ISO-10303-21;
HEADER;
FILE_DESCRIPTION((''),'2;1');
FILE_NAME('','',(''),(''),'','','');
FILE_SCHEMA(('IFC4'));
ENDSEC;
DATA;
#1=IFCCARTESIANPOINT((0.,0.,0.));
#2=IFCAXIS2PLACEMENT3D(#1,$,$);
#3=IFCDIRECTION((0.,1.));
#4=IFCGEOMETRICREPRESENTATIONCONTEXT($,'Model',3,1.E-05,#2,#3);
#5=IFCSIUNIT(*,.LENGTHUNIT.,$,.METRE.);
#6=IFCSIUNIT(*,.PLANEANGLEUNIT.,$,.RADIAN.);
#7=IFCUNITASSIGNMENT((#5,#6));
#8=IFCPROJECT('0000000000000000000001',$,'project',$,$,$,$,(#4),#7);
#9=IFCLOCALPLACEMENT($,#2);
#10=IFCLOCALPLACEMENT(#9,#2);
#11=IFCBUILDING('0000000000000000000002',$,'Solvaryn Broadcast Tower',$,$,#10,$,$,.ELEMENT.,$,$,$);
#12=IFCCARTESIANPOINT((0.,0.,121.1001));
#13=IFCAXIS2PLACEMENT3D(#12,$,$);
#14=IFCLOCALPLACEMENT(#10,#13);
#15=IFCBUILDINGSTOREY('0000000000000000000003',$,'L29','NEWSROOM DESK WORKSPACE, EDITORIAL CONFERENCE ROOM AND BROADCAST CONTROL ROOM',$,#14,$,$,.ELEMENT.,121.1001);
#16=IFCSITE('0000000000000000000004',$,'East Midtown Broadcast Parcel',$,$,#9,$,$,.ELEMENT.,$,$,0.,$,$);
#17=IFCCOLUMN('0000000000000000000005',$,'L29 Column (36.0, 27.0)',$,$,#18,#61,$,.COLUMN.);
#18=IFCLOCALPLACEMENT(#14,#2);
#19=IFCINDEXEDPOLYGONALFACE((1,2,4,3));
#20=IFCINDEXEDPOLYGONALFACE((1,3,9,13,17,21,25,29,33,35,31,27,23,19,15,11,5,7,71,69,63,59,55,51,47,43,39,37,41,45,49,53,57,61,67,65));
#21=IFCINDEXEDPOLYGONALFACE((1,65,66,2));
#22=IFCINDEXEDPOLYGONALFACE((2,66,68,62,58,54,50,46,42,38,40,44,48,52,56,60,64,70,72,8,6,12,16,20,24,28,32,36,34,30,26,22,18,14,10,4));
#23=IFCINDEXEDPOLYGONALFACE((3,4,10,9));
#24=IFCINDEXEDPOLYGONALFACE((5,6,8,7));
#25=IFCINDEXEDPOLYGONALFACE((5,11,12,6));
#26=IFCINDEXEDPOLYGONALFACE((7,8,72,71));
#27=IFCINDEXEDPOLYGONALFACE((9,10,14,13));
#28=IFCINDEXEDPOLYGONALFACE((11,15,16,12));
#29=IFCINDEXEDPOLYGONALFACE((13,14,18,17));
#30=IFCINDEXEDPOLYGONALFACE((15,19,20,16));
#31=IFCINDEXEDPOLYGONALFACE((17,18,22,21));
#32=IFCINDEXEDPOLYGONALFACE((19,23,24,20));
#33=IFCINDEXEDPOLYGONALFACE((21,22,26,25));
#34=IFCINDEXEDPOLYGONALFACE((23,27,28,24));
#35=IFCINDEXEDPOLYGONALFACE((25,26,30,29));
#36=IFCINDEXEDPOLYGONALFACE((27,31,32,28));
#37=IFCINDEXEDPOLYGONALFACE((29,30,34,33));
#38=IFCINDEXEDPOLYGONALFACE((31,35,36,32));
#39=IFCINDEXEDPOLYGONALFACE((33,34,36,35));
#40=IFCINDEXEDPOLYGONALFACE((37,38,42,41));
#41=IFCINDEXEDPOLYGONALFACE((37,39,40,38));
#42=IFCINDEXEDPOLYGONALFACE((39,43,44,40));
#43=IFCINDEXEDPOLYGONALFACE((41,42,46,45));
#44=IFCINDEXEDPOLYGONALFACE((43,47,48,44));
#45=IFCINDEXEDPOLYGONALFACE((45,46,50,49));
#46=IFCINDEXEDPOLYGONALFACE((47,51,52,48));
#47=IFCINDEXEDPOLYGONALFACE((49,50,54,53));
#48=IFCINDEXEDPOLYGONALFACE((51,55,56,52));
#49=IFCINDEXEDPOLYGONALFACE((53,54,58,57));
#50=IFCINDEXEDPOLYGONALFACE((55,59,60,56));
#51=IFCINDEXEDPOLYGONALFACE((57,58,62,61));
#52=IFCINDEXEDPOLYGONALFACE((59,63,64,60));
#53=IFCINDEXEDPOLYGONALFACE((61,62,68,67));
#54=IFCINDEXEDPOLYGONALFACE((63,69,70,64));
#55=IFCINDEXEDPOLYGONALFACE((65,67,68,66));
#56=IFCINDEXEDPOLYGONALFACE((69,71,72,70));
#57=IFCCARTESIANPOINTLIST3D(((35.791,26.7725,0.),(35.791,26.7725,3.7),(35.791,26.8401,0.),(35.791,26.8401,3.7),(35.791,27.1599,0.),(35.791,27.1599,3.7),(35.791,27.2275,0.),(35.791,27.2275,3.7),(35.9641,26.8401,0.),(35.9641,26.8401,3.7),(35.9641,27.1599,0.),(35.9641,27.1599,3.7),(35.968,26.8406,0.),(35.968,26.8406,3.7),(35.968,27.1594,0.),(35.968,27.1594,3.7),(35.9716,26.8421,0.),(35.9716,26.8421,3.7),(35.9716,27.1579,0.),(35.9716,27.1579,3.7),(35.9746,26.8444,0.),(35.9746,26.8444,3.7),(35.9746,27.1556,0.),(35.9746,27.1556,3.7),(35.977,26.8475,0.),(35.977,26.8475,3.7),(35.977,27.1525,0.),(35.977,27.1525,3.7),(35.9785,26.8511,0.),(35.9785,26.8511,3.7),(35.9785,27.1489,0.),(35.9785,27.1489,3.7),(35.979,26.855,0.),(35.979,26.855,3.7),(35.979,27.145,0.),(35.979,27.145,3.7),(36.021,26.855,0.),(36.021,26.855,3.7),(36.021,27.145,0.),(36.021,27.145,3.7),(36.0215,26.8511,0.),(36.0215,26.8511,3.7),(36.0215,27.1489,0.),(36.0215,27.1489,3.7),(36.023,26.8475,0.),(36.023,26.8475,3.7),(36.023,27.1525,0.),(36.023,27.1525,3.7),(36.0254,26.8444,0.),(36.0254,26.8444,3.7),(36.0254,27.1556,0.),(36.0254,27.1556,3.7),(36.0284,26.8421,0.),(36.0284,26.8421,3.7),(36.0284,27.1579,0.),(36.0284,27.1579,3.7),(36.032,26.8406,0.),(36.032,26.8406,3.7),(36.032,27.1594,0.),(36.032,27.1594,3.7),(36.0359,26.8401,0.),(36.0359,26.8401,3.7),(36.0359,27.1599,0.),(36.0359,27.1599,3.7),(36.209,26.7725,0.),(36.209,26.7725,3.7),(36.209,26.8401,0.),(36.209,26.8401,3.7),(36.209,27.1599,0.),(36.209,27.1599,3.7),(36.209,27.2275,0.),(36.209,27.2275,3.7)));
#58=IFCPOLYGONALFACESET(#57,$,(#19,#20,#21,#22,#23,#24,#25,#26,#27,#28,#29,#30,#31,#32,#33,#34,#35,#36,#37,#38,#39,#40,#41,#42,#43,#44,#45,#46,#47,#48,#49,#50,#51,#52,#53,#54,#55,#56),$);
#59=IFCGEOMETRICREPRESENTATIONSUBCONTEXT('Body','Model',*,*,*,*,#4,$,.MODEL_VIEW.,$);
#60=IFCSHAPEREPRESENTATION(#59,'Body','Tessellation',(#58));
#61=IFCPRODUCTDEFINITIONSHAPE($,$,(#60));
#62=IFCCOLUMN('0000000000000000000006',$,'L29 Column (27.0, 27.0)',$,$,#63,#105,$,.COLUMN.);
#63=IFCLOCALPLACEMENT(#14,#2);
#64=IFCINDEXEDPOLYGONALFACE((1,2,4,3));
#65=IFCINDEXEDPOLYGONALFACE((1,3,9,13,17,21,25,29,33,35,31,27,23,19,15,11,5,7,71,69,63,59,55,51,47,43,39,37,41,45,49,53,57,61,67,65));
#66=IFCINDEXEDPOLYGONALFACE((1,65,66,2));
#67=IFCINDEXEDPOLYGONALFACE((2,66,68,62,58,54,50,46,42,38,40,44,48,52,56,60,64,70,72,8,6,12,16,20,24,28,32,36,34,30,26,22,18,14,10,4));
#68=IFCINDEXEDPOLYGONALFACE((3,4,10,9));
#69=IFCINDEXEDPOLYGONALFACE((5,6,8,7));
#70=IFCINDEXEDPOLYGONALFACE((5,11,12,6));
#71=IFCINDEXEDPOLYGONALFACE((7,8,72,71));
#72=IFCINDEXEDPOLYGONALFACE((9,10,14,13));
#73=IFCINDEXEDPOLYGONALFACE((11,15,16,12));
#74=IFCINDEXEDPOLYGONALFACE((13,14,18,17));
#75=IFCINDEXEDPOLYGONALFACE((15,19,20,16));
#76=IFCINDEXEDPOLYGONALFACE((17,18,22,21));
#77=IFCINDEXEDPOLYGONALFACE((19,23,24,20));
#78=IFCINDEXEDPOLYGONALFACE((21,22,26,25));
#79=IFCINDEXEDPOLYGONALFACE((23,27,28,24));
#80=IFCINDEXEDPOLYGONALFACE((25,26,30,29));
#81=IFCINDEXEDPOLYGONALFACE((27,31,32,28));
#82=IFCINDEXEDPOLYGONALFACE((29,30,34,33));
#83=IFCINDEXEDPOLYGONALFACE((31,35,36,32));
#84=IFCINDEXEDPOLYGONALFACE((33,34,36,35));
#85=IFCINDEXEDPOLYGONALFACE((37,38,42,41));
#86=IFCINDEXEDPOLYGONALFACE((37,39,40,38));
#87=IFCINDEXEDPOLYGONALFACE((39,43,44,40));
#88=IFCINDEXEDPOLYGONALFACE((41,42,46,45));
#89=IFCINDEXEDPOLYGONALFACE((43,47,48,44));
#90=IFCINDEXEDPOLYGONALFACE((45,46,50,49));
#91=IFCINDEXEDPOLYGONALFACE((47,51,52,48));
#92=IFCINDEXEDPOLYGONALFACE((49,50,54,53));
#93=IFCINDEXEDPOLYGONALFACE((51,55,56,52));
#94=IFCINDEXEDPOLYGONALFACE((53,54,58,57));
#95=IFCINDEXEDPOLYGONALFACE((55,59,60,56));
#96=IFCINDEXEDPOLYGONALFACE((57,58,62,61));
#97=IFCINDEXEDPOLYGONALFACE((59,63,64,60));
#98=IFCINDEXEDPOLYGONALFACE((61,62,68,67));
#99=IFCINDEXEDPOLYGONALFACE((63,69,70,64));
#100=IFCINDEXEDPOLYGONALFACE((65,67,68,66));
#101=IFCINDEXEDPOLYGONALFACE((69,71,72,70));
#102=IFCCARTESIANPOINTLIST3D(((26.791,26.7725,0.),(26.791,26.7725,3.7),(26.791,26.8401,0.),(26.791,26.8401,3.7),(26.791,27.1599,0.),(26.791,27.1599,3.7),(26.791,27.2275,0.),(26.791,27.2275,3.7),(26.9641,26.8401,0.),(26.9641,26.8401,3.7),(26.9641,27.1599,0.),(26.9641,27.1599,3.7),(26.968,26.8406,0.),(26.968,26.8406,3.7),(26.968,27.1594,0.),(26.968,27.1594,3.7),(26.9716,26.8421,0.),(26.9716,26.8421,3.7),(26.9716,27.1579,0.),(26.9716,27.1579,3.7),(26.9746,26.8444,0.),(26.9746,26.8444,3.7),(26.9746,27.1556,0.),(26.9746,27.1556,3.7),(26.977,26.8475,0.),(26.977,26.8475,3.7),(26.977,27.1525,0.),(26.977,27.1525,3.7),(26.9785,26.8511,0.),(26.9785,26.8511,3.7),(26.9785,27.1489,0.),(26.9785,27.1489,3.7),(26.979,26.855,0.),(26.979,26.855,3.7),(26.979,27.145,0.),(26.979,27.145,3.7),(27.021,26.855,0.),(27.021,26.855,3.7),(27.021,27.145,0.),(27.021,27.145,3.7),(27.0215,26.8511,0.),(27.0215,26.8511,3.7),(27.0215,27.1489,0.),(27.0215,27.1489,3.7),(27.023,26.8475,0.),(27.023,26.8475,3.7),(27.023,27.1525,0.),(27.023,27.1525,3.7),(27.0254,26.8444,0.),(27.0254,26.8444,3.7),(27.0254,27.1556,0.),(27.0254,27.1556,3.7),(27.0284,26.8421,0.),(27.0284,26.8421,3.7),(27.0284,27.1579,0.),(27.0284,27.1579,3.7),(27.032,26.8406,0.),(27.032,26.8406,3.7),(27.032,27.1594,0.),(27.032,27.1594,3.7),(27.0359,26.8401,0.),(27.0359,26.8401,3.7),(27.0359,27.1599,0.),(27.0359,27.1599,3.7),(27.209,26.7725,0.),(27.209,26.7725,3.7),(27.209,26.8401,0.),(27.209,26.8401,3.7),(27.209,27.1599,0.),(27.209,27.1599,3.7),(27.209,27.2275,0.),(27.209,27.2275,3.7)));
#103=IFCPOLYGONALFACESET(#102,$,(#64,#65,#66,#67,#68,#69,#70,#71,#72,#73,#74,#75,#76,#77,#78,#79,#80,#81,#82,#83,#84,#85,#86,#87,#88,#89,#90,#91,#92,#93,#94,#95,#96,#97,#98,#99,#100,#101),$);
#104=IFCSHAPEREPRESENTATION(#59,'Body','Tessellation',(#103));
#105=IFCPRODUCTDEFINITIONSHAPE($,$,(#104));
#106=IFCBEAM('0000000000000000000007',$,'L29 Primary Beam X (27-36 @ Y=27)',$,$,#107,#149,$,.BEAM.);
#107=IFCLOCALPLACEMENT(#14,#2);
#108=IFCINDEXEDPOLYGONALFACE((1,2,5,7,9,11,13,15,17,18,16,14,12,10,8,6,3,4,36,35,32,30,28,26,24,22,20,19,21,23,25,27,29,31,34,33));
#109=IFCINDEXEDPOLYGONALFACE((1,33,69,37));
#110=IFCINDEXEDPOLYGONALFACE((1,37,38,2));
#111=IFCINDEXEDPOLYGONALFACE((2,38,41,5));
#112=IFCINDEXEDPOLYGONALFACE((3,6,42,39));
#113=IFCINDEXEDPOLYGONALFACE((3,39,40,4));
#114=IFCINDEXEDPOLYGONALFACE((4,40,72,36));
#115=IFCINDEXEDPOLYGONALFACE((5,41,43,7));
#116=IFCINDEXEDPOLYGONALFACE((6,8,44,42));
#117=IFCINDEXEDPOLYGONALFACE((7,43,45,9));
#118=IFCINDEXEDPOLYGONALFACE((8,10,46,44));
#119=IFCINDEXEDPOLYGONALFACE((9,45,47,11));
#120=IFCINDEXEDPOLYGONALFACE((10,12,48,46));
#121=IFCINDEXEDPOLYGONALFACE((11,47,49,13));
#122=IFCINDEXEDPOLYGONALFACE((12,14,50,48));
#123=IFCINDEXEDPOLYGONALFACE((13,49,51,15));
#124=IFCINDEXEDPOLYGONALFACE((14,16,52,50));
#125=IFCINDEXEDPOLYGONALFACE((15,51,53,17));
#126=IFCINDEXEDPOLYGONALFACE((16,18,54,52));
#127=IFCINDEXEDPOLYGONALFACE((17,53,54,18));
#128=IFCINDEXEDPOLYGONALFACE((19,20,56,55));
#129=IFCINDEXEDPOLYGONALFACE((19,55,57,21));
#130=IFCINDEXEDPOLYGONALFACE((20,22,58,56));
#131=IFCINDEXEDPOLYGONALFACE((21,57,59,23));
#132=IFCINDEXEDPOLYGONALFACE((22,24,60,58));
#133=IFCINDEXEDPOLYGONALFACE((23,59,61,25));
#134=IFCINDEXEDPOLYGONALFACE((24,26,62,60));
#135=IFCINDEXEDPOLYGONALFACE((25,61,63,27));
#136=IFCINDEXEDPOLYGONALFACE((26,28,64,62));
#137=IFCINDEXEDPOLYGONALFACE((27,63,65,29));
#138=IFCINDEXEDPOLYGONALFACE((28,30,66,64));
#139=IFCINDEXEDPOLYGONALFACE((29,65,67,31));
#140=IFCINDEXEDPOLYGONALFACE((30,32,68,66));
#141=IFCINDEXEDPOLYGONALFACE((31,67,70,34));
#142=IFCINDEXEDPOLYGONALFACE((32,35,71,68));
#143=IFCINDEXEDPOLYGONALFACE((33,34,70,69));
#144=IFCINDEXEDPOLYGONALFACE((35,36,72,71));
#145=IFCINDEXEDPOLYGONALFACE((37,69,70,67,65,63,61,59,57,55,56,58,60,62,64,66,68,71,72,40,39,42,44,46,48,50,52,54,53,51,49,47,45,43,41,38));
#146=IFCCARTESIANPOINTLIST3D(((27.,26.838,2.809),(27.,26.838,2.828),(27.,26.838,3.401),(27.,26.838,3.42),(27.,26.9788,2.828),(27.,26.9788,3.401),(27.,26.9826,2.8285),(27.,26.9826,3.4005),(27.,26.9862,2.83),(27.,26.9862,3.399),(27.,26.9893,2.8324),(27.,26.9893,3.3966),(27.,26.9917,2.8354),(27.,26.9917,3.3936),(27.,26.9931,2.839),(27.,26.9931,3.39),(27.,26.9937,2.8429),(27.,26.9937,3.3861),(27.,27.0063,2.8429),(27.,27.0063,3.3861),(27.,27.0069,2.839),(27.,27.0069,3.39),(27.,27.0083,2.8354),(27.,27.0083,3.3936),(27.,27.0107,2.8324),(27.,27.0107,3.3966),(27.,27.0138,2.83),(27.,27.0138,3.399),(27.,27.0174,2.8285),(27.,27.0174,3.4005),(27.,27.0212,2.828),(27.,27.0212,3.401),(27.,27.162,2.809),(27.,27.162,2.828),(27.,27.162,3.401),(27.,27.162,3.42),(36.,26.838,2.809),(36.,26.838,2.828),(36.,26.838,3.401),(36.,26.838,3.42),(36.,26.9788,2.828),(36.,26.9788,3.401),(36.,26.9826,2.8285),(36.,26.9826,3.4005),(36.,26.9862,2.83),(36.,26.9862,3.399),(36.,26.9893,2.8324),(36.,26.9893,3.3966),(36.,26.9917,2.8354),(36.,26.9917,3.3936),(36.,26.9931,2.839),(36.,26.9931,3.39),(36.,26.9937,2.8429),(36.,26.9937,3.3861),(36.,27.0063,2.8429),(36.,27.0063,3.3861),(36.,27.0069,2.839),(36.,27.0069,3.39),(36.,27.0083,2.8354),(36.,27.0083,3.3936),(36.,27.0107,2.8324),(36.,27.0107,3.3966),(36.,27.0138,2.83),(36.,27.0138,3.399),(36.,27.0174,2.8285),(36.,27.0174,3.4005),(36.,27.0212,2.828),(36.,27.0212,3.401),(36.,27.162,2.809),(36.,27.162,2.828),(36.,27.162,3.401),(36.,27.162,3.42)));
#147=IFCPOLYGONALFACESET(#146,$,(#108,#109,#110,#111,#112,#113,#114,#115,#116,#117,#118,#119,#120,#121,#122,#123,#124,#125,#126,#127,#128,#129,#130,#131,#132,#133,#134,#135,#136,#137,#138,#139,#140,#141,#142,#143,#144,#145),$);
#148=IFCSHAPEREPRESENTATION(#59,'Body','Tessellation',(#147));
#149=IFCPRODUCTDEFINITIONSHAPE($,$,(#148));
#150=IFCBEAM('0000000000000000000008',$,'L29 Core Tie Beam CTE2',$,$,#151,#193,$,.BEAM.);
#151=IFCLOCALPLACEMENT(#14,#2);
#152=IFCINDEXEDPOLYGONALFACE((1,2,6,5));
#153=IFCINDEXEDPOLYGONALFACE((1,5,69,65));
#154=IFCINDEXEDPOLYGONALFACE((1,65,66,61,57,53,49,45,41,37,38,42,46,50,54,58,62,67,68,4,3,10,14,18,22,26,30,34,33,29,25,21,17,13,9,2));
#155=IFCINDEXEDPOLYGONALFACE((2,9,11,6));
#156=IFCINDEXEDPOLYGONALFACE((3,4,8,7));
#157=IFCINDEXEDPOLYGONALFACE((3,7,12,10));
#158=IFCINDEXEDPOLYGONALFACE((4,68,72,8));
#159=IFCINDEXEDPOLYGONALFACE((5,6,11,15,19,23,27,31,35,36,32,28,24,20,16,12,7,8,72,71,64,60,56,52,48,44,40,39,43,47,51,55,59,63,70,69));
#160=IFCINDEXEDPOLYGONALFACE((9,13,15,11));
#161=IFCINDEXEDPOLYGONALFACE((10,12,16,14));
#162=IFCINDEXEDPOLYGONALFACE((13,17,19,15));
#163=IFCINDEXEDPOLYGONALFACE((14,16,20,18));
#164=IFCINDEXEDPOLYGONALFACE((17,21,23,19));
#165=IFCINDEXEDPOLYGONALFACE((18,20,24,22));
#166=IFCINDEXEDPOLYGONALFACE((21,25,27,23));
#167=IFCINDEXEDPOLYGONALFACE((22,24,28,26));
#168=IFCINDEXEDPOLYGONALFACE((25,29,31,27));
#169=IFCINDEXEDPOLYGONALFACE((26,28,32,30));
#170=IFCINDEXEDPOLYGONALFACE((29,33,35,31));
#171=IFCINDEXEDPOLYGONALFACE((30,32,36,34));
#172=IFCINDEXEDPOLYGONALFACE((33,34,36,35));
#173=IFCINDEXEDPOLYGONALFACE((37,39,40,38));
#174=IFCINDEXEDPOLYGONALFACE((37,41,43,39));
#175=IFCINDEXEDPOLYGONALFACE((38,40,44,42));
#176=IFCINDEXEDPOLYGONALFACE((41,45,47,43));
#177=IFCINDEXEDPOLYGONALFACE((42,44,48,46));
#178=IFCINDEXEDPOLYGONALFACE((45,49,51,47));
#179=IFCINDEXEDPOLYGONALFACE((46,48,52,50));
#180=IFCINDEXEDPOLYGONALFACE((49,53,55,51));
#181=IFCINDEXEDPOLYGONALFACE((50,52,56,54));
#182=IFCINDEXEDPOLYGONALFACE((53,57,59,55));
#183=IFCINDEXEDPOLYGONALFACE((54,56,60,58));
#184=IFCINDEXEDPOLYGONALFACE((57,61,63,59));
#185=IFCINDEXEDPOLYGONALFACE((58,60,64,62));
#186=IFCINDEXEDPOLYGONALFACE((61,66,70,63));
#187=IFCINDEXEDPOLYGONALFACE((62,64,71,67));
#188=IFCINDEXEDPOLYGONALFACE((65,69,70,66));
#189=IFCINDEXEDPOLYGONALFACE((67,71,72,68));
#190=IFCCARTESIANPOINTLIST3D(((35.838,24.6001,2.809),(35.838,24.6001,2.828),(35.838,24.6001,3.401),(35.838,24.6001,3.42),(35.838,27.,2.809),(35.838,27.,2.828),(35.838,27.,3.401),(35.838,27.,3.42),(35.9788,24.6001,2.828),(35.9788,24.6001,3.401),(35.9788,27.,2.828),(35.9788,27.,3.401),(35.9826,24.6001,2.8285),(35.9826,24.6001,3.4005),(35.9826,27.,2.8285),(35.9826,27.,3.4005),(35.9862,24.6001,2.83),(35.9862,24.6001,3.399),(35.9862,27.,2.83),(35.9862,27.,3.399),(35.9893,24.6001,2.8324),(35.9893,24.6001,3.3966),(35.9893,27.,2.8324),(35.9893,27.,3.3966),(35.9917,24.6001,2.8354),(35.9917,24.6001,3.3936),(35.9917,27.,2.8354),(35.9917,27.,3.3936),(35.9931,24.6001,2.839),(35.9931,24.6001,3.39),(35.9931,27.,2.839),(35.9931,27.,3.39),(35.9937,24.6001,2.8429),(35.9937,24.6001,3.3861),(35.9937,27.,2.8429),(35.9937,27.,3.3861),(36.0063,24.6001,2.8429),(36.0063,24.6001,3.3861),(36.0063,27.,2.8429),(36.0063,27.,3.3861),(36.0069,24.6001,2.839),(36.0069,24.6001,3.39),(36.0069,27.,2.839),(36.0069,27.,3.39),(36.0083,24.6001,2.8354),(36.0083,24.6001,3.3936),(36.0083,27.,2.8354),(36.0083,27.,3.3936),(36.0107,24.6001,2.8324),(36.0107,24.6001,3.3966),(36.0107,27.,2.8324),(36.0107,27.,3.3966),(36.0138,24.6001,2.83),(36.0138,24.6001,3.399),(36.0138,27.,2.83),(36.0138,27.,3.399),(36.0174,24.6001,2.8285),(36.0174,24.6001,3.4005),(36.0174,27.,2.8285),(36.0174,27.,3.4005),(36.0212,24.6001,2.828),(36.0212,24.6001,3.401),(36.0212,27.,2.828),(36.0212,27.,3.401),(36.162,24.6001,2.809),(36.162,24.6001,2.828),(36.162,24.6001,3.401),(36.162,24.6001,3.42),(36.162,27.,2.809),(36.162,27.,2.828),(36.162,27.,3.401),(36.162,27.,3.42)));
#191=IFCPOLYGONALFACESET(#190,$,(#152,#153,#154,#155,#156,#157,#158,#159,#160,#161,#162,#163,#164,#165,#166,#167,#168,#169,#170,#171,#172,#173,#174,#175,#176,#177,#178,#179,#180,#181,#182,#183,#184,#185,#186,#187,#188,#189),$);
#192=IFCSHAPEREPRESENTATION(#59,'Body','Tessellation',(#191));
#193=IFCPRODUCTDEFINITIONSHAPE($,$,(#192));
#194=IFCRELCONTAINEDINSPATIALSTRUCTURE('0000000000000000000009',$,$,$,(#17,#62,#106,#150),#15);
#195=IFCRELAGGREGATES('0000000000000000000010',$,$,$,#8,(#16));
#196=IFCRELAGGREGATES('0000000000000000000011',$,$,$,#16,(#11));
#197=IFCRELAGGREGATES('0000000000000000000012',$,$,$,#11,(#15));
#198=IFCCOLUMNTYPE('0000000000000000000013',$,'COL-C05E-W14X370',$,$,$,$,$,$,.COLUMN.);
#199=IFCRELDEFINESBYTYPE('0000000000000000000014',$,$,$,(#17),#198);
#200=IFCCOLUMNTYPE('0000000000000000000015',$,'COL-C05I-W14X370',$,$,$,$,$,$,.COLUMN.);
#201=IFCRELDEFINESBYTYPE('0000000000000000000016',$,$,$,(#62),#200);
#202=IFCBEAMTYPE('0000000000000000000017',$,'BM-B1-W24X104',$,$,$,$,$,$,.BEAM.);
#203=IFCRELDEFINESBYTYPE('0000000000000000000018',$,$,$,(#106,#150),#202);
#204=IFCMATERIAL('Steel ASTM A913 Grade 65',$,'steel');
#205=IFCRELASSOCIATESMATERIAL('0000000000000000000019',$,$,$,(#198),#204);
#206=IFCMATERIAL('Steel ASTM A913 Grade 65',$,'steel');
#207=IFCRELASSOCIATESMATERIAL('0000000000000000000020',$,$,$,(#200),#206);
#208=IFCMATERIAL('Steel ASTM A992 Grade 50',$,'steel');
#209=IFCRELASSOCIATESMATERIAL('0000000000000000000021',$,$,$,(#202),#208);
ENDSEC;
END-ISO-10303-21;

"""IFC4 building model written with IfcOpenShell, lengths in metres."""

from ifc_helpers import new_model, si_unit, direction, frame, origin, origin_2d, place, context, subcontext, project, spatial, i_section, extrude, material, material_profile, profile_set, type_object, element, save


model = new_model("IFC4")

# Units and contexts
model_context = context("Model", 3, precision=1e-05, world=origin(), true_north=direction((0.0, 1.0)))
body_context = subcontext(model_context, "Body", "Model", "MODEL_VIEW")
ifc_project = project(units=[si_unit("LENGTHUNIT", "METRE"), si_unit("PLANEANGLEUNIT", "RADIAN")], contexts=[model_context])

# Site, building, storey
site_placement = place(None, origin())
site = spatial("IfcSite", under=ifc_project, at=site_placement, Name="East Midtown Broadcast Parcel", CompositionType="ELEMENT", RefElevation=0.0)
building_placement = place(site_placement, origin())
building = spatial("IfcBuilding", under=site, at=building_placement, Name="Solvaryn Broadcast Tower", CompositionType="ELEMENT")
storey_placement = place(building_placement, frame((0.0, 0.0, 121.1001)))
storey = spatial("IfcBuildingStorey", under=building, at=storey_placement, Name="L29", Description="NEWSROOM DESK WORKSPACE, EDITORIAL CONFERENCE ROOM AND BROADCAST CONTROL ROOM", CompositionType="ELEMENT", Elevation=121.1001)

# Columns
ifc_material_1 = material(Name="Steel ASTM A913 Grade 65", Category="steel")
ifc_material_profile_1 = material_profile(ifc_material_1, i_section(OverallWidth=0.418, OverallDepth=0.4551, WebThickness=0.042, FlangeThickness=0.0676, FilletRadius=0.0149, at=origin_2d()))
ifc_profile_set_1 = profile_set([ifc_material_profile_1], Name="Steel ASTM A913 Grade 65")
column_type_1 = type_object("IfcColumnType", Name="COL-C05E-W14X370", PredefinedType="COLUMN", material=ifc_profile_set_1)
column_1_placement = place(storey_placement, frame((36.0, 27.0, 0.0), z_axis=(0.0, 0.0, 1.0), x_axis=(1.0, 0.0, 0.0)))
element("IfcColumn", 1, at=column_1_placement, inside=storey, type_object=column_type_1, Name="L29 Column (36.0, 27.0)", PredefinedType="COLUMN", context=body_context, shape_type="SweptSolid", body=[
    extrude(i_section(OverallWidth=0.418, OverallDepth=0.4551, WebThickness=0.042, FlangeThickness=0.0676, FilletRadius=0.0149, at=origin_2d()), origin(), (0.0, 0.0, 1.0), 3.7),
])
ifc_material_2 = material(Name="Steel ASTM A913 Grade 65", Category="steel")
ifc_material_profile_2 = material_profile(ifc_material_2, i_section(OverallWidth=0.418, OverallDepth=0.4551, WebThickness=0.042, FlangeThickness=0.0676, FilletRadius=0.0149, at=origin_2d()))
ifc_profile_set_2 = profile_set([ifc_material_profile_2], Name="Steel ASTM A913 Grade 65")
column_type_2 = type_object("IfcColumnType", Name="COL-C05I-W14X370", PredefinedType="COLUMN", material=ifc_profile_set_2)
column_2_placement = place(storey_placement, frame((27.0, 27.0, 0.0), z_axis=(0.0, 0.0, 1.0), x_axis=(1.0, 0.0, 0.0)))
element("IfcColumn", 2, at=column_2_placement, inside=storey, type_object=column_type_2, Name="L29 Column (27.0, 27.0)", PredefinedType="COLUMN", context=body_context, shape_type="SweptSolid", body=[
    extrude(i_section(OverallWidth=0.418, OverallDepth=0.4551, WebThickness=0.042, FlangeThickness=0.0676, FilletRadius=0.0149, at=origin_2d()), origin(), (0.0, 0.0, 1.0), 3.7),
])

# Beams
ifc_material_3 = material(Name="Steel ASTM A992 Grade 50", Category="steel")
ifc_material_profile_3 = material_profile(ifc_material_3, i_section(OverallWidth=0.324, OverallDepth=0.6111, WebThickness=0.0127, FlangeThickness=0.019, FilletRadius=0.0149, at=origin_2d()))
ifc_profile_set_3 = profile_set([ifc_material_profile_3], Name="Steel ASTM A992 Grade 50")
beam_type_1 = type_object("IfcBeamType", Name="BM-B1-W24X104", PredefinedType="BEAM", material=ifc_profile_set_3)
beam_1_placement = place(storey_placement, frame((27.0, 27.0, 3.1145), z_axis=(1.0, 0.0, 0.0), x_axis=(0.0, 1.0, 0.0)))
element("IfcBeam", 3, at=beam_1_placement, inside=storey, type_object=beam_type_1, Name="L29 Primary Beam X (27-36 @ Y=27)", PredefinedType="BEAM", context=body_context, shape_type="SweptSolid", body=[
    extrude(i_section(OverallWidth=0.324, OverallDepth=0.6111, WebThickness=0.0127, FlangeThickness=0.019, FilletRadius=0.0149, at=origin_2d()), origin(), (0.0, 0.0, 1.0), 9.0),
])
beam_2_placement = place(storey_placement, frame((36.0, 24.6001, 3.1145), z_axis=(0.0, 1.0, 0.0), x_axis=(-1.0, 0.0, 0.0)))
element("IfcBeam", 4, at=beam_2_placement, inside=storey, type_object=beam_type_1, Name="L29 Core Tie Beam CTE2", PredefinedType="BEAM", context=body_context, shape_type="SweptSolid", body=[
    extrude(i_section(OverallWidth=0.324, OverallDepth=0.6111, WebThickness=0.0127, FlangeThickness=0.019, FilletRadius=0.0149, at=origin_2d()), origin(), (0.0, 0.0, 1.0), 2.3999),
])

save(model, "model.ifc")
